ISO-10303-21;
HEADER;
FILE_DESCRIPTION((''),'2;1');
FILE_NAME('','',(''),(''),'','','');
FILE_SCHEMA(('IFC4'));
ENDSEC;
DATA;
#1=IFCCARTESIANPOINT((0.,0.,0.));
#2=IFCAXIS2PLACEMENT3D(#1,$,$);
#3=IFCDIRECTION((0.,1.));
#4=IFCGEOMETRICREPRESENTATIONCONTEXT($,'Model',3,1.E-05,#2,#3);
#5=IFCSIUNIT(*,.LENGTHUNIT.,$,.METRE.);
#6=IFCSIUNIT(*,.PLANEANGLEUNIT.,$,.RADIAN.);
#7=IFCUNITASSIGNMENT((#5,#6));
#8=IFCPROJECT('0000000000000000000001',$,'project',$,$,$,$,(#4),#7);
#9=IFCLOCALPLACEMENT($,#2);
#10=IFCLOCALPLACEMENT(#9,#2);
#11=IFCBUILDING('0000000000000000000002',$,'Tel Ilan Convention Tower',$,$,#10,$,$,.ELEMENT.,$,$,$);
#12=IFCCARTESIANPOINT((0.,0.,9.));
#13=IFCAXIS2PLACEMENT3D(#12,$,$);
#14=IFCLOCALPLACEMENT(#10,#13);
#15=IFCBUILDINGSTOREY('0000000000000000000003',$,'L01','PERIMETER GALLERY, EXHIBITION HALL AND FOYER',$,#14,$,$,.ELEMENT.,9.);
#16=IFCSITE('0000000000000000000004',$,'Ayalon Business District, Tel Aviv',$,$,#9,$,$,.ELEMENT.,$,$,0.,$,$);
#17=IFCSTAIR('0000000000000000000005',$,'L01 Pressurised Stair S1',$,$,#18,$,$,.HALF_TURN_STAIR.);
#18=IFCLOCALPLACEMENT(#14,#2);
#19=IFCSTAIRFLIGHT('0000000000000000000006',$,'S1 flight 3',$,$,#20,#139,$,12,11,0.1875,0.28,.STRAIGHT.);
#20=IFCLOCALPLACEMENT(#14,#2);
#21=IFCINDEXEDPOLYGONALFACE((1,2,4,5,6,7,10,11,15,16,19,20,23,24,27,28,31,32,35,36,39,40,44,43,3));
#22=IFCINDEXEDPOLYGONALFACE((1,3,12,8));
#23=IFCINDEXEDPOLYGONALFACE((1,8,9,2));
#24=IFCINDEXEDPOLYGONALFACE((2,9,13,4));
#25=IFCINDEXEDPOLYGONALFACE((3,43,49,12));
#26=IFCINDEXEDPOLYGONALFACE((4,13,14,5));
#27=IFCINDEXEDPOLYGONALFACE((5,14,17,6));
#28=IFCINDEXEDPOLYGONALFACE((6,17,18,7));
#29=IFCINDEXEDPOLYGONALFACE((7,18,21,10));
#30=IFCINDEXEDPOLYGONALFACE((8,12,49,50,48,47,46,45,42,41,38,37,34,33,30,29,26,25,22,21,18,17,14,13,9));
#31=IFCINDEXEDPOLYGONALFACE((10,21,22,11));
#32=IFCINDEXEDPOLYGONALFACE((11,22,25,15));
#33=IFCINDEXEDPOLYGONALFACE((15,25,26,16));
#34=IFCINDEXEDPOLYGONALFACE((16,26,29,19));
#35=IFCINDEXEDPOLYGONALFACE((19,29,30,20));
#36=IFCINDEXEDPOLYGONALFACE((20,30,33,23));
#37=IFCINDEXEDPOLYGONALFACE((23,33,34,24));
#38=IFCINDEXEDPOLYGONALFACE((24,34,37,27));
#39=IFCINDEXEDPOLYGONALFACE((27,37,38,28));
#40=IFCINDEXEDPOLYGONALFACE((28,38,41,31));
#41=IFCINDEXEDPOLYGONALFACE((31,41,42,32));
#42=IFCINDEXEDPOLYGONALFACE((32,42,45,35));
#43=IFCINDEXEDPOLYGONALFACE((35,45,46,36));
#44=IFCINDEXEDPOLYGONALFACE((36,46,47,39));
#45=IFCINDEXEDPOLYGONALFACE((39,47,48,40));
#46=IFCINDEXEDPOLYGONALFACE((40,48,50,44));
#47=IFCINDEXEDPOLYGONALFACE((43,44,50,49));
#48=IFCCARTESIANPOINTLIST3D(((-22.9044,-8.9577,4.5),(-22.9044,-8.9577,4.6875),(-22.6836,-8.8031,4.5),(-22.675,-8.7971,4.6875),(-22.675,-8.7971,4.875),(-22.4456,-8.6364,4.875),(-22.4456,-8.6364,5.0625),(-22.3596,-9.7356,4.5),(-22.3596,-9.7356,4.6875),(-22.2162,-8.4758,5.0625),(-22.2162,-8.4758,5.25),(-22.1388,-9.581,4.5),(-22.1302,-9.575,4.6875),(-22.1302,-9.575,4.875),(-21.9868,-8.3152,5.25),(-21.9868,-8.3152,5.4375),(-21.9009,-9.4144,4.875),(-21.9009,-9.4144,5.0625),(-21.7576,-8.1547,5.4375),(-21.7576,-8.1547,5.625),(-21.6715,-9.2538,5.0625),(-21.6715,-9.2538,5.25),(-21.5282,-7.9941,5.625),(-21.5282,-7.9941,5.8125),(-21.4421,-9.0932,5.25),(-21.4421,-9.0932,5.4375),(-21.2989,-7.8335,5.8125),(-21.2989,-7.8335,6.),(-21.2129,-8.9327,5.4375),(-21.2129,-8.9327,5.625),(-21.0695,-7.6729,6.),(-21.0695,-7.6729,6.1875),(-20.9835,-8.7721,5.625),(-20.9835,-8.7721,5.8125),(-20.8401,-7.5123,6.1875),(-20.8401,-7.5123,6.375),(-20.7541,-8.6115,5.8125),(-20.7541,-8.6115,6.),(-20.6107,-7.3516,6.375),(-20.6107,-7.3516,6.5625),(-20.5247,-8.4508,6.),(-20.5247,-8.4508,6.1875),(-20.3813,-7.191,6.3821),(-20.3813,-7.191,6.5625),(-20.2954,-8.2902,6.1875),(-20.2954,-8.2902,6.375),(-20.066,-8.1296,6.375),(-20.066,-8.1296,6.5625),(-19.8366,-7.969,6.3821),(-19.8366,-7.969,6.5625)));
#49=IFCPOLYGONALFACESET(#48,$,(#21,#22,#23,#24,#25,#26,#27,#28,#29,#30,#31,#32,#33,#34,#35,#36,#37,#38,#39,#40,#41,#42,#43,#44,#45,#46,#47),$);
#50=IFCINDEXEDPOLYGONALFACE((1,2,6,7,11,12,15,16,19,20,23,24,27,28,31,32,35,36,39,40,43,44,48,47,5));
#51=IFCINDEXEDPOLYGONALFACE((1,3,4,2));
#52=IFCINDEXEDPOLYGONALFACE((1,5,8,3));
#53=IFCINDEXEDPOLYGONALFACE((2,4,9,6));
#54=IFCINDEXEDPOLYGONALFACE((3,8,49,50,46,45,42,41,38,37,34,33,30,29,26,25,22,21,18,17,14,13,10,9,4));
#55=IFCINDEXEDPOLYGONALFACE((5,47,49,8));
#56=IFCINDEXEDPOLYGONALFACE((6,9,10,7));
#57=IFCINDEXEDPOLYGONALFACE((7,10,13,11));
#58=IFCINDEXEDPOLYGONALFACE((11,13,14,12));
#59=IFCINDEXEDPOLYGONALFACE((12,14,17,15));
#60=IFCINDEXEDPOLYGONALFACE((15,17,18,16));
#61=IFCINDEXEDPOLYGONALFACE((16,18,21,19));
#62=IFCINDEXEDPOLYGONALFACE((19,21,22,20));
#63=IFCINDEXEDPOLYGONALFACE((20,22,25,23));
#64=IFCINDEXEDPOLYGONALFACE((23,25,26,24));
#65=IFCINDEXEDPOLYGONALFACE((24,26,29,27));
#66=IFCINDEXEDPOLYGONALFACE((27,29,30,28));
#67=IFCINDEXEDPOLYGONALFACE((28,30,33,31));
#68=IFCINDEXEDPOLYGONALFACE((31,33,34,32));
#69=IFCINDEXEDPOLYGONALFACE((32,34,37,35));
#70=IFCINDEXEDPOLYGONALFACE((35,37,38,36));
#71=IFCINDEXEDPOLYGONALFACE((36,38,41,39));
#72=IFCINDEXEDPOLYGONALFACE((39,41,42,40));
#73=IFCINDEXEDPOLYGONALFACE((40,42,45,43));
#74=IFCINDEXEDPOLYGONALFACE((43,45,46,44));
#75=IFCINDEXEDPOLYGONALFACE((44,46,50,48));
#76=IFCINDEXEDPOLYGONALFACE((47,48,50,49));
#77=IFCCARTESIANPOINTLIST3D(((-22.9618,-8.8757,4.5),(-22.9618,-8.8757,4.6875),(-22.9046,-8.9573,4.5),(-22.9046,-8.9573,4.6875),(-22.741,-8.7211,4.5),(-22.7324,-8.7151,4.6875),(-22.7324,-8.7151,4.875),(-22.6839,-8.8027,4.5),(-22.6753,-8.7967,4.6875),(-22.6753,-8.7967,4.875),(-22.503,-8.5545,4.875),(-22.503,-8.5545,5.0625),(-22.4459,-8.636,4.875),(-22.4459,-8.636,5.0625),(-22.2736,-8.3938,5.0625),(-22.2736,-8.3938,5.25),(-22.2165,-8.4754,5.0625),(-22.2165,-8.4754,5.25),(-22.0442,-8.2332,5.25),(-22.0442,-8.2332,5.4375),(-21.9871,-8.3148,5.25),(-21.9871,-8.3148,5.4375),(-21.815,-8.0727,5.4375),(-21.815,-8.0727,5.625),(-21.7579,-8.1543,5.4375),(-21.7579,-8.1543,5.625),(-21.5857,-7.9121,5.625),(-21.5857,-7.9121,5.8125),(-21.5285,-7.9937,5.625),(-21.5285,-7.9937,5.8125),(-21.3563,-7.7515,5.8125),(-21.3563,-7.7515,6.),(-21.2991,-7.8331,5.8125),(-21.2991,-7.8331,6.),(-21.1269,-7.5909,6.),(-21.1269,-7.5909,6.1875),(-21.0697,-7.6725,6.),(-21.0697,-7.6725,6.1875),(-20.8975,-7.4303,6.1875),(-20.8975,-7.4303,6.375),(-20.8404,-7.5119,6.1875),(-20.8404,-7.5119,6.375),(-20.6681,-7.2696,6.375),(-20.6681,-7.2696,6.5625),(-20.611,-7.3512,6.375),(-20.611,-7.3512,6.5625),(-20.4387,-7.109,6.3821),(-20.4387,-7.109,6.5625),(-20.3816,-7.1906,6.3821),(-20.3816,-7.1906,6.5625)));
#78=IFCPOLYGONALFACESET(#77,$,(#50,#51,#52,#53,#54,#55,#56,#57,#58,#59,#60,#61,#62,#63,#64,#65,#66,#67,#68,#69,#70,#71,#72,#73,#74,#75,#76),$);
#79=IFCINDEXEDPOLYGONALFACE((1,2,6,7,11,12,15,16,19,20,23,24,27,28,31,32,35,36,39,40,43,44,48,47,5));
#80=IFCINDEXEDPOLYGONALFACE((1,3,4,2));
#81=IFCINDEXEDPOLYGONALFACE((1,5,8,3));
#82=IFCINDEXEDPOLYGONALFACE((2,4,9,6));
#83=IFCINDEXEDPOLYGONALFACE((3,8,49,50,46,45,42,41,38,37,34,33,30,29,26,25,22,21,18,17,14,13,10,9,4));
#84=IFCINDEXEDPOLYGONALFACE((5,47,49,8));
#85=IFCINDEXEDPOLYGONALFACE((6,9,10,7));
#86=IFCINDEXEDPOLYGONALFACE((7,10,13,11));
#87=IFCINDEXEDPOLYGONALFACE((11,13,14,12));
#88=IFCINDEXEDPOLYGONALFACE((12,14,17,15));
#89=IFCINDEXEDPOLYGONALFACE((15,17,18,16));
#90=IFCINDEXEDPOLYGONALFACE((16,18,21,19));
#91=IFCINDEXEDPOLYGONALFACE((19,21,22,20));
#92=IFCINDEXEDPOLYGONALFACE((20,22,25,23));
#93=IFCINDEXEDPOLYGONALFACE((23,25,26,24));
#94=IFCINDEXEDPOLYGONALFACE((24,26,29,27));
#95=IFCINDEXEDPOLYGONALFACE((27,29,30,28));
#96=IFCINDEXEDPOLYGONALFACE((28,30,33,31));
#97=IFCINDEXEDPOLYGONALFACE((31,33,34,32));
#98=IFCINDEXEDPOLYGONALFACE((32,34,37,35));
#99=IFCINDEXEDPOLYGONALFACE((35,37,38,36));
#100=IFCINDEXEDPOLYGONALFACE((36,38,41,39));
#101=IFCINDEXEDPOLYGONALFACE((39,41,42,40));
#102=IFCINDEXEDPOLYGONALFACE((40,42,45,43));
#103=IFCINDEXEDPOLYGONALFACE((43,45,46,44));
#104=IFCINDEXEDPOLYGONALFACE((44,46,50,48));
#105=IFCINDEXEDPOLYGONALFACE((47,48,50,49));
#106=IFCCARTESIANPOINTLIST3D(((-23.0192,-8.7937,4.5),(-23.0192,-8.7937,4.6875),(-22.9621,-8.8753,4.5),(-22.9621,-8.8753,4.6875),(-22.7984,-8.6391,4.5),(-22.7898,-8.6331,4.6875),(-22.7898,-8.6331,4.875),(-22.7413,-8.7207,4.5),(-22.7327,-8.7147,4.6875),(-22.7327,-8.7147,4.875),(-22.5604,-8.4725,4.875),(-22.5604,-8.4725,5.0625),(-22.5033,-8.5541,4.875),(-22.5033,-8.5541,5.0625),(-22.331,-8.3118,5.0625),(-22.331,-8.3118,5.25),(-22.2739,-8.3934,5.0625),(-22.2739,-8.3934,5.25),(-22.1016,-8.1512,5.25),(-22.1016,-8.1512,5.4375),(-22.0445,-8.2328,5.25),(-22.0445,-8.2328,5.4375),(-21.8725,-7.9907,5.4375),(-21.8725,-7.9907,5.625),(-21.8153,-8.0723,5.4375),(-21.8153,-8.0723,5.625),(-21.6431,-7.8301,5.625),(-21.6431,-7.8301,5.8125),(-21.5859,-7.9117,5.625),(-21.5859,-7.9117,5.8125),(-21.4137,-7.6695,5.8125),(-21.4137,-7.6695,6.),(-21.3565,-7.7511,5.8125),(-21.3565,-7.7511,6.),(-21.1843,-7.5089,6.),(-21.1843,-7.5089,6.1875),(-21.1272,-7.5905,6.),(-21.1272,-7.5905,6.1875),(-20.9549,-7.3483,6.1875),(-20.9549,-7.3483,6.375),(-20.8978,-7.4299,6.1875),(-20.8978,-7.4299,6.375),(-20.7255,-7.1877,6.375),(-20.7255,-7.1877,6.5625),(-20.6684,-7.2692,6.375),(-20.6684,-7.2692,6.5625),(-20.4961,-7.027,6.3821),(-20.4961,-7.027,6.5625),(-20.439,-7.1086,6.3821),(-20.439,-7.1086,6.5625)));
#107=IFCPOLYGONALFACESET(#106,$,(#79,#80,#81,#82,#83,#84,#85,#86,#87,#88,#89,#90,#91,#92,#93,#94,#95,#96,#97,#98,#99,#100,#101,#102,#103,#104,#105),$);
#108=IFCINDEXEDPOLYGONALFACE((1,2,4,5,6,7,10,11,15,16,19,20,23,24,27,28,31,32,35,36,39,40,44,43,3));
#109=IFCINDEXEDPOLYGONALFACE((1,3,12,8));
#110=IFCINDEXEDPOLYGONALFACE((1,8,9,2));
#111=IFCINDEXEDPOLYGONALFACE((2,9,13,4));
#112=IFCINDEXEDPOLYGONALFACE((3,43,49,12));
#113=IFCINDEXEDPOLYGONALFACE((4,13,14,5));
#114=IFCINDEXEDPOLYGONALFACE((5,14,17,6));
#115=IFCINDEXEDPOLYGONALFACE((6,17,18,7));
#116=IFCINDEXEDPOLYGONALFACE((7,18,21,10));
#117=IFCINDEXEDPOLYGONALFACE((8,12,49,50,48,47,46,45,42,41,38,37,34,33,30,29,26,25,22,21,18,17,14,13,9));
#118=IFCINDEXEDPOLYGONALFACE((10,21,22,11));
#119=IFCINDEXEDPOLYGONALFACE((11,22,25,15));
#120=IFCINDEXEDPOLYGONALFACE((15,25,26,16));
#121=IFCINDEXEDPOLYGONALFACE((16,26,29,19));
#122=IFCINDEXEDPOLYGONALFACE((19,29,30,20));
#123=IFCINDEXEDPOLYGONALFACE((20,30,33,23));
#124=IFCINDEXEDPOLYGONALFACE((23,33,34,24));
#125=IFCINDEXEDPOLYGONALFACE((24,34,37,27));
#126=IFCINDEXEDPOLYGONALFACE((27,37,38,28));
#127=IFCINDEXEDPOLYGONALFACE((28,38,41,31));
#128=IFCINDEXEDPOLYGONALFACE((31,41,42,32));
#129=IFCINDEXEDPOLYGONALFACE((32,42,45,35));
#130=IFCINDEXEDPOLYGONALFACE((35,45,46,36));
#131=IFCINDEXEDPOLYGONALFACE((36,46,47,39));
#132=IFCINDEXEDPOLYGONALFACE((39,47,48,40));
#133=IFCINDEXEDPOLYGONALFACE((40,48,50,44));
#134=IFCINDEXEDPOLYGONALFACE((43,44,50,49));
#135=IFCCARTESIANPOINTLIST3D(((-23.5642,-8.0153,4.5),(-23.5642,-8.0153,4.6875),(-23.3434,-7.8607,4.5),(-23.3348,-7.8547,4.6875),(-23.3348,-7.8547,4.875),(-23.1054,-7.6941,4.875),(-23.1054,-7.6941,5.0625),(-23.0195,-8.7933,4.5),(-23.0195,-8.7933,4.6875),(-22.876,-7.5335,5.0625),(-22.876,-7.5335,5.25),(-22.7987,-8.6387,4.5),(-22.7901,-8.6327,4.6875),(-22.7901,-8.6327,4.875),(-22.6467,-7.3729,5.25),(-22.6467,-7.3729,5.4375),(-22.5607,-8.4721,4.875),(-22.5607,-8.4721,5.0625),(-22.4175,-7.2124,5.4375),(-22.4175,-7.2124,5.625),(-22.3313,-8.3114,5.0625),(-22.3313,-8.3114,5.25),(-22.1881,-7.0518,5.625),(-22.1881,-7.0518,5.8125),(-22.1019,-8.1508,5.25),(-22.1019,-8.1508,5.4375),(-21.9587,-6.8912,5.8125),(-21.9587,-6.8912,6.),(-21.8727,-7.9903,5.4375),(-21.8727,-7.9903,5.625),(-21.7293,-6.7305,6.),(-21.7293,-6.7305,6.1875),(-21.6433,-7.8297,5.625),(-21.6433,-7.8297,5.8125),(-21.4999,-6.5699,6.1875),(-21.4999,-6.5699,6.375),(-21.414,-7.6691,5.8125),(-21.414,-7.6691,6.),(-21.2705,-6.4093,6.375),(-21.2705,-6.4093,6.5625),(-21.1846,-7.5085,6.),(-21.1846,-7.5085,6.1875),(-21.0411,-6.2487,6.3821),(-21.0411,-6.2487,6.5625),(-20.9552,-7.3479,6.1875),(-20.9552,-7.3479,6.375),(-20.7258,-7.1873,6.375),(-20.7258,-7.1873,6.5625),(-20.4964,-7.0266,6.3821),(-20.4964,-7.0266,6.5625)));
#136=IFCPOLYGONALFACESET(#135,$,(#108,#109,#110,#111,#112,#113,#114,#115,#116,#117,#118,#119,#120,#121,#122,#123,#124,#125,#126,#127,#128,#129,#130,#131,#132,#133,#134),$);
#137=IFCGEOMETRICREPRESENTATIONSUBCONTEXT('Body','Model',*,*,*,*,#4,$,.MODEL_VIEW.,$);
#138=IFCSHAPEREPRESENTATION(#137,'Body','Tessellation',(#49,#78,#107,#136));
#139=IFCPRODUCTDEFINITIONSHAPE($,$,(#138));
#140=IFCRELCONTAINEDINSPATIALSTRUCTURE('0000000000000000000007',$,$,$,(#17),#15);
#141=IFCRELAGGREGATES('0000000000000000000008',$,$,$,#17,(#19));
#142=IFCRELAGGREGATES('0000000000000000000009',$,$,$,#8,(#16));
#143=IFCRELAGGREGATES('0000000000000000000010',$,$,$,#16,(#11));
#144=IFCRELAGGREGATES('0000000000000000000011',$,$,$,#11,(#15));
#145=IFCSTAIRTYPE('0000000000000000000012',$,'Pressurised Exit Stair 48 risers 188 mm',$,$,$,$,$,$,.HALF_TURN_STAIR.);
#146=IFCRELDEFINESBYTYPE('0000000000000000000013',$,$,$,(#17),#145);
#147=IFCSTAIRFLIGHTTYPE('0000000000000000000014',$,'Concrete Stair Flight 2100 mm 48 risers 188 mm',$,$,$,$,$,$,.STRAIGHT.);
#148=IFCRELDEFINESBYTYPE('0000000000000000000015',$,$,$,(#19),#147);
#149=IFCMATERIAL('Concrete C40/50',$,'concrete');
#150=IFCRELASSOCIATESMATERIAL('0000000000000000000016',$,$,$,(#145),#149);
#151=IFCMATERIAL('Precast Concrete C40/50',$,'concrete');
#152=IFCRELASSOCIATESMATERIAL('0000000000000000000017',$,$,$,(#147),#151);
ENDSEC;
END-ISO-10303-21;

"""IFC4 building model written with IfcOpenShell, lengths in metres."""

from ifc_helpers import new_model, si_unit, direction, frame, origin, place, context, subcontext, project, spatial, polyline, outline, extrude, material, type_object, element, aggregate, save


model = new_model("IFC4")

# Units and contexts
model_context = context("Model", 3, precision=1e-05, world=origin(), true_north=direction((0.0, 1.0)))
body_context = subcontext(model_context, "Body", "Model", "MODEL_VIEW")
ifc_project = project(units=[si_unit("LENGTHUNIT", "METRE"), si_unit("PLANEANGLEUNIT", "RADIAN")], contexts=[model_context])

# Site, building, storey
site_placement = place(None, origin())
site = spatial("IfcSite", under=ifc_project, at=site_placement, Name="Ayalon Business District, Tel Aviv", CompositionType="ELEMENT", RefElevation=0.0)
building_placement = place(site_placement, origin())
building = spatial("IfcBuilding", under=site, at=building_placement, Name="Tel Ilan Convention Tower", CompositionType="ELEMENT")
storey_placement = place(building_placement, frame((0.0, 0.0, 9.0)))
storey = spatial("IfcBuildingStorey", under=building, at=storey_placement, Name="L01", Description="PERIMETER GALLERY, EXHIBITION HALL AND FOYER", CompositionType="ELEMENT", Elevation=9.0)

# Stair, stair flight
ifc_material_1 = material(Name="Concrete C40/50", Category="concrete")
stair_type = type_object("IfcStairType", Name="Pressurised Exit Stair 48 risers 188 mm", PredefinedType="HALF_TURN_STAIR", material=ifc_material_1)
stair_placement = place(storey_placement, origin())
stair = element("IfcStair", 1, at=stair_placement, inside=storey, type_object=stair_type, Name="L01 Pressurised Stair S1", PredefinedType="HALF_TURN_STAIR")
ifc_material_2 = material(Name="Precast Concrete C40/50", Category="concrete")
stair_flight_type = type_object("IfcStairFlightType", Name="Concrete Stair Flight 2100 mm 48 risers 188 mm", PredefinedType="STRAIGHT", material=ifc_material_2)
stair_flight_1_placement = place(storey_placement, frame((-22.9619, -8.8755, 4.5), z_axis=(0.0, 0.0, 1.0), x_axis=(0.819152, 0.573576, 0.0)))
stair_flight_1 = element("IfcStairFlight", 2, at=stair_flight_1_placement, type_object=stair_flight_type, Name="S1 flight 3", NumberOfRisers=12, NumberOfTreads=11, PredefinedType="STRAIGHT", RiserHeight=0.1875, TreadLength=0.28, context=body_context, shape_type="SweptSolid", body=[
    extrude(outline(polyline([(0.0, 0.0), (0.0, 0.1875), (0.28, 0.1875), (0.28, 0.375), (0.5601, 0.375), (0.5601, 0.5625), (0.8401, 0.5625), (0.8401, 0.75), (1.1201, 0.75), (1.1201, 0.9375), (1.3999, 0.9375), (1.3999, 1.125), (1.6799, 1.125), (1.6799, 1.3125), (1.96, 1.3125), (1.96, 1.5), (2.24, 1.5), (2.24, 1.6875), (2.52, 1.6875), (2.52, 1.875), (2.8, 1.875), (2.8, 2.0625), (3.0801, 2.0625), (3.0801, 2.25), (3.0801, 1.8821), (0.2695, 0.0), (0.0, 0.0)])), frame((0.0, -0.1003, 0.0), z_axis=(0.0, -1.0, 0.0), x_axis=(1.0, 0.0, 0.0)), (0.0, 0.0, 1.0), 0.9497),
    extrude(outline(polyline([(0.0, 0.0), (0.0, 0.1875), (0.28, 0.1875), (0.28, 0.375), (0.5601, 0.375), (0.5601, 0.5625), (0.8401, 0.5625), (0.8401, 0.75), (1.1201, 0.75), (1.1201, 0.9375), (1.3999, 0.9375), (1.3999, 1.125), (1.6799, 1.125), (1.6799, 1.3125), (1.96, 1.3125), (1.96, 1.5), (2.24, 1.5), (2.24, 1.6875), (2.52, 1.6875), (2.52, 1.875), (2.8, 1.875), (2.8, 2.0625), (3.0801, 2.0625), (3.0801, 2.25), (3.0801, 1.8821), (0.2695, 0.0), (0.0, 0.0)])), frame((0.0, -0.0002, 0.0), z_axis=(0.0, -1.0, 0.0), x_axis=(1.0, 0.0, 0.0)), (0.0, 0.0, 1.0), 0.0996),
    extrude(outline(polyline([(0.0, 0.0), (0.0, 0.1875), (0.28, 0.1875), (0.28, 0.375), (0.5601, 0.375), (0.5601, 0.5625), (0.8401, 0.5625), (0.8401, 0.75), (1.1201, 0.75), (1.1201, 0.9375), (1.3999, 0.9375), (1.3999, 1.125), (1.6799, 1.125), (1.6799, 1.3125), (1.96, 1.3125), (1.96, 1.5), (2.24, 1.5), (2.24, 1.6875), (2.52, 1.6875), (2.52, 1.875), (2.8, 1.875), (2.8, 2.0625), (3.0801, 2.0625), (3.0801, 2.25), (3.0801, 1.8821), (0.2695, 0.0), (0.0, 0.0)])), frame((0.0, 0.0999, 0.0), z_axis=(0.0, -1.0, 0.0), x_axis=(1.0, 0.0, 0.0)), (0.0, 0.0, 1.0), 0.0996),
    extrude(outline(polyline([(0.0, 0.0), (0.0, 0.1875), (0.28, 0.1875), (0.28, 0.375), (0.5601, 0.375), (0.5601, 0.5625), (0.8401, 0.5625), (0.8401, 0.75), (1.1201, 0.75), (1.1201, 0.9375), (1.3999, 0.9375), (1.3999, 1.125), (1.6799, 1.125), (1.6799, 1.3125), (1.96, 1.3125), (1.96, 1.5), (2.24, 1.5), (2.24, 1.6875), (2.52, 1.6875), (2.52, 1.875), (2.8, 1.875), (2.8, 2.0625), (3.0801, 2.0625), (3.0801, 2.25), (3.0801, 1.8821), (0.2695, 0.0), (0.0, 0.0)])), frame((0.0, 1.05, 0.0), z_axis=(0.0, -1.0, 0.0), x_axis=(1.0, 0.0, 0.0)), (0.0, 0.0, 1.0), 0.9497),
])
aggregate(stair, [stair_flight_1])

save(model, "model.ifc")
